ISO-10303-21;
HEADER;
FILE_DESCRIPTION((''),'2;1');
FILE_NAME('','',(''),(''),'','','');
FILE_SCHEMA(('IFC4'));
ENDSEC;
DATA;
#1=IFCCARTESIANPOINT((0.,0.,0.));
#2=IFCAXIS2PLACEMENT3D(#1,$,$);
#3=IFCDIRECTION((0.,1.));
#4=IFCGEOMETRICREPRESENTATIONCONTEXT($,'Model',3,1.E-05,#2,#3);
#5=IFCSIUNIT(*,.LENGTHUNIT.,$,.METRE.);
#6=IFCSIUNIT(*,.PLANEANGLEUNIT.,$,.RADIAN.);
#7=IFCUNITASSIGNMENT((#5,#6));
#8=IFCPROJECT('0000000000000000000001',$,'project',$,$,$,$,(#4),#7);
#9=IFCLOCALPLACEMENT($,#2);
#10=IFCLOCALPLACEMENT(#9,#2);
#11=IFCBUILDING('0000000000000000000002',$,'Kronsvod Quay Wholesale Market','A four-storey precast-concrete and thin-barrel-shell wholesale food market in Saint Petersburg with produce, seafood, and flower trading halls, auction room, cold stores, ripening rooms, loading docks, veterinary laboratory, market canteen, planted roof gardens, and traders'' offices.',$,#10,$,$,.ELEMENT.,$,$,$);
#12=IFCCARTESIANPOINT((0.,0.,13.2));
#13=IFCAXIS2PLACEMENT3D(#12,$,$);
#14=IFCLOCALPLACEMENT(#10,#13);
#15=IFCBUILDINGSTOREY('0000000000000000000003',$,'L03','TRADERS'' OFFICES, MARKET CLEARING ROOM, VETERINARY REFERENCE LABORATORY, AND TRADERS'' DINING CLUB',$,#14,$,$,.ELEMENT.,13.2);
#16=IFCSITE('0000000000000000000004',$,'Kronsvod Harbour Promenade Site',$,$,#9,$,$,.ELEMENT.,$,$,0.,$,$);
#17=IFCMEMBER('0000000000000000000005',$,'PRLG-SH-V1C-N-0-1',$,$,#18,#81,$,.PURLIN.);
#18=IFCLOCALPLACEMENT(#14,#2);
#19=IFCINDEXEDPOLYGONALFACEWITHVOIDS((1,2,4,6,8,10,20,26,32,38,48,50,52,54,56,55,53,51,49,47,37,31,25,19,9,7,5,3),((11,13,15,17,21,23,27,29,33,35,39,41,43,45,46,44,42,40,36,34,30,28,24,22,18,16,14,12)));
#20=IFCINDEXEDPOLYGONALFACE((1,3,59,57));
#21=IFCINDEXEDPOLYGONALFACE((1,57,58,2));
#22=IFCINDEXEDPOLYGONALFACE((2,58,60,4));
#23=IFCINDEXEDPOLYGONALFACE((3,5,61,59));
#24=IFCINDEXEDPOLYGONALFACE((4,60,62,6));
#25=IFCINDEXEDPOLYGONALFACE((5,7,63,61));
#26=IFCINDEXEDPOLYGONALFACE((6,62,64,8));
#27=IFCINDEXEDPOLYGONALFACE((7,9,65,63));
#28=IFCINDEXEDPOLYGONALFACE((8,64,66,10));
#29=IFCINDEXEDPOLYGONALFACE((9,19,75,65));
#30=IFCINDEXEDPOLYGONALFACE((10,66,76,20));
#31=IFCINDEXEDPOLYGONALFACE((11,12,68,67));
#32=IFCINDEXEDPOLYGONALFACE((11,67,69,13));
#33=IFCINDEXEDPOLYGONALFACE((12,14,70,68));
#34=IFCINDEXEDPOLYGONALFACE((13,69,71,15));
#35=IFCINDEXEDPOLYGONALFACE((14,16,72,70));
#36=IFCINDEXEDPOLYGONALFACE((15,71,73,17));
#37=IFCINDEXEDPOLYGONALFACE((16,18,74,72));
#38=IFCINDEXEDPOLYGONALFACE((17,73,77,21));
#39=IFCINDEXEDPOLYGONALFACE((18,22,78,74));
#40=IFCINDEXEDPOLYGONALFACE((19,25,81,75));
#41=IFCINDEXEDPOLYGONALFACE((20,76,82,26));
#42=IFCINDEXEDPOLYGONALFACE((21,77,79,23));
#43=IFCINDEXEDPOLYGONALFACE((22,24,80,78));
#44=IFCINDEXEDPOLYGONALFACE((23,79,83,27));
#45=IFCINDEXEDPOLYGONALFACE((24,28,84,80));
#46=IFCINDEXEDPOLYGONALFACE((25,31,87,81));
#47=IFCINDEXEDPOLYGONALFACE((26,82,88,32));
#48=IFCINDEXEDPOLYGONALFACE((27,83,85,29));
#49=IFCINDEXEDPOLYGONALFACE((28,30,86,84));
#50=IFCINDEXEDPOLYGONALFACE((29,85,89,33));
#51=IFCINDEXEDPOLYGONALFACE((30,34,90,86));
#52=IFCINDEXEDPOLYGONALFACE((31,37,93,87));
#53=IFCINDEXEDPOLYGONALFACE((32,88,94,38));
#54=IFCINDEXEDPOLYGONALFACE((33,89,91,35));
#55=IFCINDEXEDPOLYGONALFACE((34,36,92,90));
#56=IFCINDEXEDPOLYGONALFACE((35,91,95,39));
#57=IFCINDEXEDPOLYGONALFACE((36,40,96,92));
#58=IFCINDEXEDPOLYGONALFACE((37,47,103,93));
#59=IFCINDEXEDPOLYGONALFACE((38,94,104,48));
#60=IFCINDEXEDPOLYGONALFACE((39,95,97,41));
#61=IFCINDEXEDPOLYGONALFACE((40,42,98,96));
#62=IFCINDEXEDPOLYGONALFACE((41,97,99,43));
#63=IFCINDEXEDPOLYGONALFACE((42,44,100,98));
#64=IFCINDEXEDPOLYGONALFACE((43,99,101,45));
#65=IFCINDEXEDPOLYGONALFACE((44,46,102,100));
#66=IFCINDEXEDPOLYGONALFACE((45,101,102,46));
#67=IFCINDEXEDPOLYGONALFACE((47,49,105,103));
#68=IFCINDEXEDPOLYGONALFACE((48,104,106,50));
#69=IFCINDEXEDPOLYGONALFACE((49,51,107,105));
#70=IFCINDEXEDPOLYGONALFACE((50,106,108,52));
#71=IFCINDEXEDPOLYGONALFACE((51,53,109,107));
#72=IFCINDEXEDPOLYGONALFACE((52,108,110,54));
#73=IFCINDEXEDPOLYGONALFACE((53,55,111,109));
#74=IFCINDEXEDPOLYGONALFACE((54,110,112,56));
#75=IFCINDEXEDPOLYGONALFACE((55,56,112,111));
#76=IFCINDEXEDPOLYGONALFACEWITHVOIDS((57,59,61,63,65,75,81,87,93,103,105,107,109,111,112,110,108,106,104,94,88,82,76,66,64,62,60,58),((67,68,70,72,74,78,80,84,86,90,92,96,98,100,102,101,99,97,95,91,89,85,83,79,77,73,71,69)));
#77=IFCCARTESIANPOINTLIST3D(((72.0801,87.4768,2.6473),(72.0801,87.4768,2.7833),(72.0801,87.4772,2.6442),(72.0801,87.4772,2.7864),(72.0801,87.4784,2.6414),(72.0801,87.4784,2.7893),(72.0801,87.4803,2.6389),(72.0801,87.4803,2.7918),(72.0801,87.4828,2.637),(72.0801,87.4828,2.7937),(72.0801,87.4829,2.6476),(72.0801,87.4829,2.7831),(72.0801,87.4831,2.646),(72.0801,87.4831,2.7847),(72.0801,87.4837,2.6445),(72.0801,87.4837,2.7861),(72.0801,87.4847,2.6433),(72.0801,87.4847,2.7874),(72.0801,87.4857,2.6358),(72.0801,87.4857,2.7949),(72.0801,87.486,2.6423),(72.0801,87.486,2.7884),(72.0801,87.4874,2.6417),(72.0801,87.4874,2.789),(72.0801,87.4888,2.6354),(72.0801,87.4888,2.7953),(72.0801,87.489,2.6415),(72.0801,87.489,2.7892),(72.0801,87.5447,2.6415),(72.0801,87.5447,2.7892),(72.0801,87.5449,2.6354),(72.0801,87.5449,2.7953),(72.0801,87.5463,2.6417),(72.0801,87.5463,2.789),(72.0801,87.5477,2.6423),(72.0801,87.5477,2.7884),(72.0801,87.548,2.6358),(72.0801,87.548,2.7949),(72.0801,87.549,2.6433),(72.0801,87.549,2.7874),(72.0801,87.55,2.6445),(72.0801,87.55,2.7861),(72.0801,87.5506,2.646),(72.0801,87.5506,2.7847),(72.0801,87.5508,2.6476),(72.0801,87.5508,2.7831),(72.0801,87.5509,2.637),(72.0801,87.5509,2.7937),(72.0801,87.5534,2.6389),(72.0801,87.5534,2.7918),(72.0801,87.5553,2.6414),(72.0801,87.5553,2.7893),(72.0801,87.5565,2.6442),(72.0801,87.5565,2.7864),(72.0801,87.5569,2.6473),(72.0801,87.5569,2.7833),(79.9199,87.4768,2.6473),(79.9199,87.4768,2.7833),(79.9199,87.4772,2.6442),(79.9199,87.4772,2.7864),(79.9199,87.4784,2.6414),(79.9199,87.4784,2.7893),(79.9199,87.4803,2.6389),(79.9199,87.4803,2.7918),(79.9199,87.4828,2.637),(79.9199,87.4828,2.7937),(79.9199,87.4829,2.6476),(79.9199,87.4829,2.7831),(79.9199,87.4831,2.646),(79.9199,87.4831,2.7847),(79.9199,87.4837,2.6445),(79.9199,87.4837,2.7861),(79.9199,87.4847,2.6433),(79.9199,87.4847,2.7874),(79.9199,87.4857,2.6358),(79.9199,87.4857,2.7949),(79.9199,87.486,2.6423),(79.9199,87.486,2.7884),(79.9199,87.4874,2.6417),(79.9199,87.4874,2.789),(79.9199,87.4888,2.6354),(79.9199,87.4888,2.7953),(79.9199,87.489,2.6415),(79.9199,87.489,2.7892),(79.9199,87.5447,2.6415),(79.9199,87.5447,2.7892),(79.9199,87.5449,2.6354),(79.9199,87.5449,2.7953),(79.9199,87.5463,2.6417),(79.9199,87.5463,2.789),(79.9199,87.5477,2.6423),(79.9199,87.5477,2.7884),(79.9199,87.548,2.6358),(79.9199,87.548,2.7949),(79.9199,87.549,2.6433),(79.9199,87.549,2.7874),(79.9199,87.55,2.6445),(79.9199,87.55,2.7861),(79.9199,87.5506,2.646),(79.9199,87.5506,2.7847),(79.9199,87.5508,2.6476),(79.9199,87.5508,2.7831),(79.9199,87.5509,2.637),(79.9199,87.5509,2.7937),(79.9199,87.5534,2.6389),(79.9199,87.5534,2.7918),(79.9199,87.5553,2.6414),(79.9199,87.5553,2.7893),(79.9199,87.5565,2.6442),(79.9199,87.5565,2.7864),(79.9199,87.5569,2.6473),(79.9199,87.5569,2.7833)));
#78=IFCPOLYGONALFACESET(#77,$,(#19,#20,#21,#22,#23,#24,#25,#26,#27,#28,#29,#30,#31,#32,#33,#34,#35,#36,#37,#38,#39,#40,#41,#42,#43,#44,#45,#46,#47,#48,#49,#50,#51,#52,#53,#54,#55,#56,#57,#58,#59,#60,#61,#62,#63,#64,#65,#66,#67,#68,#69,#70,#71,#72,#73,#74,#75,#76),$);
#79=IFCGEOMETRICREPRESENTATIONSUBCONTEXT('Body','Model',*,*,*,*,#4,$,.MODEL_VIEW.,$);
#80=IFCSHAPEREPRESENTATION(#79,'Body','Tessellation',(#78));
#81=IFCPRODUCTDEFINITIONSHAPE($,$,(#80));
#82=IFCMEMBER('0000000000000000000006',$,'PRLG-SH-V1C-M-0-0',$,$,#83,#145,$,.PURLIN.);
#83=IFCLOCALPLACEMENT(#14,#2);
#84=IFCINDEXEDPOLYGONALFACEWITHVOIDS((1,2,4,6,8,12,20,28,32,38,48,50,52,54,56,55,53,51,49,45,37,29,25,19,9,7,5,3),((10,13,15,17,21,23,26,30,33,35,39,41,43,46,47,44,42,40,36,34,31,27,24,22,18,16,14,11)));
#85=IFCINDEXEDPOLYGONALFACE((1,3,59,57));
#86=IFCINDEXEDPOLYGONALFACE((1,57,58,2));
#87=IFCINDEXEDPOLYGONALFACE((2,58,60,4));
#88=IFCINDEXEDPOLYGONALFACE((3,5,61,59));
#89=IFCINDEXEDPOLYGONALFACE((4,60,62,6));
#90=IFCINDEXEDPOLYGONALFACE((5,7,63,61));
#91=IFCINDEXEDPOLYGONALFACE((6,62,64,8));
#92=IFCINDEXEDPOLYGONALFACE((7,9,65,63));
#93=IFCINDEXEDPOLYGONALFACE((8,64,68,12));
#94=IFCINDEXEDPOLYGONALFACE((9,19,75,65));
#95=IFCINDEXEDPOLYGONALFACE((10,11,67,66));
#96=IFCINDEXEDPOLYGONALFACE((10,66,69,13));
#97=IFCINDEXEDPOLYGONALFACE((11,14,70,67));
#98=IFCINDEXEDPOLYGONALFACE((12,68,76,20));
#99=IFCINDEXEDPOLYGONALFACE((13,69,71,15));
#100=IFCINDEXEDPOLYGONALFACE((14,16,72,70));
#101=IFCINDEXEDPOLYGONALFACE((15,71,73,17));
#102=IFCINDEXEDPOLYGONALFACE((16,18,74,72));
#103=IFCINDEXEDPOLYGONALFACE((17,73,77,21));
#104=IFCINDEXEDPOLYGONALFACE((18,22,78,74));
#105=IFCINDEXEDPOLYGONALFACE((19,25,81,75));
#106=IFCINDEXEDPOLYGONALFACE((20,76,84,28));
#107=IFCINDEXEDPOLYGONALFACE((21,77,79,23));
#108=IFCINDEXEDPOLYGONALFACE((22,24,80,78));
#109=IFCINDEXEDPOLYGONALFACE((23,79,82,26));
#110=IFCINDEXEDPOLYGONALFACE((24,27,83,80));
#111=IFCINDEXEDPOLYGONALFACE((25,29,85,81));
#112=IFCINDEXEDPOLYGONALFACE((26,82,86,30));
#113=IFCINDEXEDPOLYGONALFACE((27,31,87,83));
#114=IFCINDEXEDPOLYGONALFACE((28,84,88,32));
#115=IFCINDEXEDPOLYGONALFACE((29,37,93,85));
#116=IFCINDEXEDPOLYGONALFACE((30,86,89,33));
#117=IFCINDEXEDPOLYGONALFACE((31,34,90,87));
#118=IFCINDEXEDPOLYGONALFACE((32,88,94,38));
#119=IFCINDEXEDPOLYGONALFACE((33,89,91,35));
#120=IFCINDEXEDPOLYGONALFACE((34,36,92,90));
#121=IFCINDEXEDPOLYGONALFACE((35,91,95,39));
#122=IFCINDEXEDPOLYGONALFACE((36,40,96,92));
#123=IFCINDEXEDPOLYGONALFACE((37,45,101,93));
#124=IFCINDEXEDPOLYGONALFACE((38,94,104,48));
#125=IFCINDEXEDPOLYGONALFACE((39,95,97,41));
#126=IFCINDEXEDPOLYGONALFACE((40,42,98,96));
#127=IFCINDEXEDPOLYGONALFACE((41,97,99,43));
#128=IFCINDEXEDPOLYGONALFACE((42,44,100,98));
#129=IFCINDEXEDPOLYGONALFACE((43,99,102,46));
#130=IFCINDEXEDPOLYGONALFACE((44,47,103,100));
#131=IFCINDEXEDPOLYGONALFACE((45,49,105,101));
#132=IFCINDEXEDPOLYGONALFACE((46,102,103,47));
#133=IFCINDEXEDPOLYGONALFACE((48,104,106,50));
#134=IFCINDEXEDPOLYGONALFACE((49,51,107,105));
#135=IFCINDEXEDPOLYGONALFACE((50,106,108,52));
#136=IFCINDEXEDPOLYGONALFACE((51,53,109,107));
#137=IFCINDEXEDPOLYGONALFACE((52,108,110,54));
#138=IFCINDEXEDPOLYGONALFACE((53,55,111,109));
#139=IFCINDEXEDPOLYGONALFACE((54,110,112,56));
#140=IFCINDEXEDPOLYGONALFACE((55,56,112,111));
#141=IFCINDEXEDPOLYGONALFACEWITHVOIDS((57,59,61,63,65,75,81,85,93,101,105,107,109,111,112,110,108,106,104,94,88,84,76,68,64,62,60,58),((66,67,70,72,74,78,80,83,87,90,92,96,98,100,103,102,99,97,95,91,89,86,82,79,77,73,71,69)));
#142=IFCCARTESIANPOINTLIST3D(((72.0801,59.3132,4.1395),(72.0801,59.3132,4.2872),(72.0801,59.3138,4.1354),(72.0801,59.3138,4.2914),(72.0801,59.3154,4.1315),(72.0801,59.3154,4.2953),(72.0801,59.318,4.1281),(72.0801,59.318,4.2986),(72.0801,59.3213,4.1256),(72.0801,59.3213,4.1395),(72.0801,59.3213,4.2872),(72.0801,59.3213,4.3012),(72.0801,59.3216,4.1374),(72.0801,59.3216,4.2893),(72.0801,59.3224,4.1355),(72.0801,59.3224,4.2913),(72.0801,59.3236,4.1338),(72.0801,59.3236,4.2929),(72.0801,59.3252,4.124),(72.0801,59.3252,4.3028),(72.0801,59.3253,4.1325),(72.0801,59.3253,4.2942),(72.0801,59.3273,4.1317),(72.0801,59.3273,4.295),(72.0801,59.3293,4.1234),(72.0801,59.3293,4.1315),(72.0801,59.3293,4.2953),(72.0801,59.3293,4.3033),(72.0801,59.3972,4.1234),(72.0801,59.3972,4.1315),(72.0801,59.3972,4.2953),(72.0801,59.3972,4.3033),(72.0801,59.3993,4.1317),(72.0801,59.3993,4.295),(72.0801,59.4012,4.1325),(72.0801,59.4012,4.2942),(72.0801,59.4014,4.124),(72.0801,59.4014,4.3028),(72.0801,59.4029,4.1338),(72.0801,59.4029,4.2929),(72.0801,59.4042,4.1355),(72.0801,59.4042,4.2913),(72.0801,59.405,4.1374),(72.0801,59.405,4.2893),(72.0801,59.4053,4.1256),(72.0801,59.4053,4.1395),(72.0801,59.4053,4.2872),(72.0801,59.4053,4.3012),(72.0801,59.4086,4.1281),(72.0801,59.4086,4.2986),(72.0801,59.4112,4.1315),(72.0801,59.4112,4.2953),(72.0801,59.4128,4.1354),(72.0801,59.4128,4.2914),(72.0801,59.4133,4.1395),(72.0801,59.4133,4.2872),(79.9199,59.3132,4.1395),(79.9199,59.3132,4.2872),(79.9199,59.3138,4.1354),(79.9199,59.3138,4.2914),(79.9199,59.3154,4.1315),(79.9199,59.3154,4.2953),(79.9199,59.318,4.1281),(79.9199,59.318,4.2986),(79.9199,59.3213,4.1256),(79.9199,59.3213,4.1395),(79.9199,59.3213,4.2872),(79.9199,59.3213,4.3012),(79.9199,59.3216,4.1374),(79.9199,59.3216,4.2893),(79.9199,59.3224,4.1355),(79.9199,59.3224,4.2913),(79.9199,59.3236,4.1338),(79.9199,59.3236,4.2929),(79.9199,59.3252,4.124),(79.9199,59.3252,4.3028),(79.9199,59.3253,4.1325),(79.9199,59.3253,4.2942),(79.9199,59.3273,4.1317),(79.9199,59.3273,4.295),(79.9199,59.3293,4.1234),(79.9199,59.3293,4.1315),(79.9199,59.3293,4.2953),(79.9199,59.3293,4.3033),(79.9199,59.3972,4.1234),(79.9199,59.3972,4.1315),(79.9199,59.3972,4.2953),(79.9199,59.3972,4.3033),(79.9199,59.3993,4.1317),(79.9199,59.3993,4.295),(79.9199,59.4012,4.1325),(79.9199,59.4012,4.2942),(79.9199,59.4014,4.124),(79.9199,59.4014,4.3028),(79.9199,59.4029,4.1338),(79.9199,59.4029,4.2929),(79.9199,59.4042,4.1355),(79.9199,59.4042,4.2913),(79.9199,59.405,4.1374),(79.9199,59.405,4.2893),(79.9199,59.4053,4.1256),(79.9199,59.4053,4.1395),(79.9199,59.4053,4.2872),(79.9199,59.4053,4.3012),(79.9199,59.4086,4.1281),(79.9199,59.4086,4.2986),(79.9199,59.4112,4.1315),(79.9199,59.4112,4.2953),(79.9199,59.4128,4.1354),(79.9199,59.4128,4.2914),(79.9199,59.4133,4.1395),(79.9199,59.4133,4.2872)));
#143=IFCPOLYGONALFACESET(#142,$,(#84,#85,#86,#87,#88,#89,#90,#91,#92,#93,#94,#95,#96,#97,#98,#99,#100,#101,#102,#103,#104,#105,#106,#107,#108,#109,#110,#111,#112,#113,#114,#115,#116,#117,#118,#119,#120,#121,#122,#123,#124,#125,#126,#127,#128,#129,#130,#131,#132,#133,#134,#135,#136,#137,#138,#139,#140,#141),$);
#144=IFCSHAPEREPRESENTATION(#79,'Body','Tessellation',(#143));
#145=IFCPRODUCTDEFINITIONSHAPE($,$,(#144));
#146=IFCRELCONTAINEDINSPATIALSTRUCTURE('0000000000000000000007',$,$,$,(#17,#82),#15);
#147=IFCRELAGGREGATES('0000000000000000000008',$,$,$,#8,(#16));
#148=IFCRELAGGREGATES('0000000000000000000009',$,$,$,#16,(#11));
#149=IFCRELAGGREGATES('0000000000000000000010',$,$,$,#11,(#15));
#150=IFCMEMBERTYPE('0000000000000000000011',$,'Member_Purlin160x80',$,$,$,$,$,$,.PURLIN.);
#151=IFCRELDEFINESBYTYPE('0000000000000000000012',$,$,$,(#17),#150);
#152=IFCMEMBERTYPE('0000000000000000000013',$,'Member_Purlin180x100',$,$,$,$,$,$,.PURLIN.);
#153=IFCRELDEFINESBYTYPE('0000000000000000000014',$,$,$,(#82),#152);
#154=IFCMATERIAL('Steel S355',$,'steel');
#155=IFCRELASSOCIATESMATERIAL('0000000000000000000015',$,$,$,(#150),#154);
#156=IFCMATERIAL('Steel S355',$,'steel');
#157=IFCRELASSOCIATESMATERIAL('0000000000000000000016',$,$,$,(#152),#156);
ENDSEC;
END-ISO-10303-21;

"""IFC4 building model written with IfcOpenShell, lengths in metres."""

from ifc_helpers import new_model, si_unit, direction, frame, origin, origin_2d, place, context, subcontext, project, spatial, hollow_rectangle, extrude, material, material_profile, profile_set, type_object, element, save


model = new_model("IFC4")

# Units and contexts
model_context = context("Model", 3, precision=1e-05, world=origin(), true_north=direction((0.0, 1.0)))
body_context = subcontext(model_context, "Body", "Model", "MODEL_VIEW")
ifc_project = project(units=[si_unit("LENGTHUNIT", "METRE"), si_unit("PLANEANGLEUNIT", "RADIAN")], contexts=[model_context])

# Site, building, storey
site_placement = place(None, origin())
site = spatial("IfcSite", under=ifc_project, at=site_placement, Name="Kronsvod Harbour Promenade Site", CompositionType="ELEMENT", RefElevation=0.0)
building_placement = place(site_placement, origin())
building = spatial("IfcBuilding", under=site, at=building_placement, Name="Kronsvod Quay Wholesale Market", Description="A four-storey precast-concrete and thin-barrel-shell wholesale food market in Saint Petersburg with produce, seafood, and flower trading halls, auction room, cold stores, ripening rooms, loading docks, veterinary laboratory, market canteen, planted roof gardens, and traders' offices.", CompositionType="ELEMENT")
storey_placement = place(building_placement, frame((0.0, 0.0, 13.2)))
storey = spatial("IfcBuildingStorey", under=building, at=storey_placement, Name="L03", Description="TRADERS' OFFICES, MARKET CLEARING ROOM, VETERINARY REFERENCE LABORATORY, AND TRADERS' DINING CLUB", CompositionType="ELEMENT", Elevation=13.2)

# Members
ifc_material_1 = material(Name="Steel S355", Category="steel")
ifc_material_profile_1 = material_profile(ifc_material_1, hollow_rectangle(XDim=0.0801, YDim=0.1599, WallThickness=0.0061, InnerFilletRadius=0.0061, OuterFilletRadius=0.012, at=origin_2d()), Name="RHS160x80x6")
ifc_profile_set_1 = profile_set([ifc_material_profile_1], Name="Steel S355")
member_type_1 = type_object("IfcMemberType", Name="Member_Purlin160x80", PredefinedType="PURLIN", material=ifc_profile_set_1)
for number, where, z_axis, x_axis, name in (
    (1, (72.0801, 87.5168, 2.7153), (1.0, 0.0, 0.0), (0.0, 1.0, 0.0), "PRLG-SH-V1C-N-0-1"),
):
    element("IfcMember", number, at=place(storey_placement, frame(where, z_axis=z_axis, x_axis=x_axis)), inside=storey, type_object=member_type_1, Name=name, PredefinedType="PURLIN", context=body_context, shape_type="SweptSolid", body=[
        extrude(hollow_rectangle(XDim=0.0801, YDim=0.1599, WallThickness=0.0061, InnerFilletRadius=0.0061, OuterFilletRadius=0.012, at=origin_2d()), origin(), (0.0, 0.0, 1.0), 7.8398),
    ])
ifc_material_2 = material(Name="Steel S355", Category="steel")
ifc_material_profile_2 = material_profile(ifc_material_2, hollow_rectangle(XDim=0.1001, YDim=0.1799, WallThickness=0.0081, InnerFilletRadius=0.0081, OuterFilletRadius=0.0161, at=origin_2d()), Name="RHS180x100x8")
ifc_profile_set_2 = profile_set([ifc_material_profile_2], Name="Steel S355")
member_type_2 = type_object("IfcMemberType", Name="Member_Purlin180x100", PredefinedType="PURLIN", material=ifc_profile_set_2)
for number, where, z_axis, x_axis, name in (
    (2, (72.0801, 59.3633, 4.2134), (1.0, 0.0, 0.0), (0.0, 1.0, 0.0), "PRLG-SH-V1C-M-0-0"),
):
    element("IfcMember", number, at=place(storey_placement, frame(where, z_axis=z_axis, x_axis=x_axis)), inside=storey, type_object=member_type_2, Name=name, PredefinedType="PURLIN", context=body_context, shape_type="SweptSolid", body=[
        extrude(hollow_rectangle(XDim=0.1001, YDim=0.1799, WallThickness=0.0081, InnerFilletRadius=0.0081, OuterFilletRadius=0.0161, at=origin_2d()), origin(), (0.0, 0.0, 1.0), 7.8398),
    ])

save(model, "model.ifc")
